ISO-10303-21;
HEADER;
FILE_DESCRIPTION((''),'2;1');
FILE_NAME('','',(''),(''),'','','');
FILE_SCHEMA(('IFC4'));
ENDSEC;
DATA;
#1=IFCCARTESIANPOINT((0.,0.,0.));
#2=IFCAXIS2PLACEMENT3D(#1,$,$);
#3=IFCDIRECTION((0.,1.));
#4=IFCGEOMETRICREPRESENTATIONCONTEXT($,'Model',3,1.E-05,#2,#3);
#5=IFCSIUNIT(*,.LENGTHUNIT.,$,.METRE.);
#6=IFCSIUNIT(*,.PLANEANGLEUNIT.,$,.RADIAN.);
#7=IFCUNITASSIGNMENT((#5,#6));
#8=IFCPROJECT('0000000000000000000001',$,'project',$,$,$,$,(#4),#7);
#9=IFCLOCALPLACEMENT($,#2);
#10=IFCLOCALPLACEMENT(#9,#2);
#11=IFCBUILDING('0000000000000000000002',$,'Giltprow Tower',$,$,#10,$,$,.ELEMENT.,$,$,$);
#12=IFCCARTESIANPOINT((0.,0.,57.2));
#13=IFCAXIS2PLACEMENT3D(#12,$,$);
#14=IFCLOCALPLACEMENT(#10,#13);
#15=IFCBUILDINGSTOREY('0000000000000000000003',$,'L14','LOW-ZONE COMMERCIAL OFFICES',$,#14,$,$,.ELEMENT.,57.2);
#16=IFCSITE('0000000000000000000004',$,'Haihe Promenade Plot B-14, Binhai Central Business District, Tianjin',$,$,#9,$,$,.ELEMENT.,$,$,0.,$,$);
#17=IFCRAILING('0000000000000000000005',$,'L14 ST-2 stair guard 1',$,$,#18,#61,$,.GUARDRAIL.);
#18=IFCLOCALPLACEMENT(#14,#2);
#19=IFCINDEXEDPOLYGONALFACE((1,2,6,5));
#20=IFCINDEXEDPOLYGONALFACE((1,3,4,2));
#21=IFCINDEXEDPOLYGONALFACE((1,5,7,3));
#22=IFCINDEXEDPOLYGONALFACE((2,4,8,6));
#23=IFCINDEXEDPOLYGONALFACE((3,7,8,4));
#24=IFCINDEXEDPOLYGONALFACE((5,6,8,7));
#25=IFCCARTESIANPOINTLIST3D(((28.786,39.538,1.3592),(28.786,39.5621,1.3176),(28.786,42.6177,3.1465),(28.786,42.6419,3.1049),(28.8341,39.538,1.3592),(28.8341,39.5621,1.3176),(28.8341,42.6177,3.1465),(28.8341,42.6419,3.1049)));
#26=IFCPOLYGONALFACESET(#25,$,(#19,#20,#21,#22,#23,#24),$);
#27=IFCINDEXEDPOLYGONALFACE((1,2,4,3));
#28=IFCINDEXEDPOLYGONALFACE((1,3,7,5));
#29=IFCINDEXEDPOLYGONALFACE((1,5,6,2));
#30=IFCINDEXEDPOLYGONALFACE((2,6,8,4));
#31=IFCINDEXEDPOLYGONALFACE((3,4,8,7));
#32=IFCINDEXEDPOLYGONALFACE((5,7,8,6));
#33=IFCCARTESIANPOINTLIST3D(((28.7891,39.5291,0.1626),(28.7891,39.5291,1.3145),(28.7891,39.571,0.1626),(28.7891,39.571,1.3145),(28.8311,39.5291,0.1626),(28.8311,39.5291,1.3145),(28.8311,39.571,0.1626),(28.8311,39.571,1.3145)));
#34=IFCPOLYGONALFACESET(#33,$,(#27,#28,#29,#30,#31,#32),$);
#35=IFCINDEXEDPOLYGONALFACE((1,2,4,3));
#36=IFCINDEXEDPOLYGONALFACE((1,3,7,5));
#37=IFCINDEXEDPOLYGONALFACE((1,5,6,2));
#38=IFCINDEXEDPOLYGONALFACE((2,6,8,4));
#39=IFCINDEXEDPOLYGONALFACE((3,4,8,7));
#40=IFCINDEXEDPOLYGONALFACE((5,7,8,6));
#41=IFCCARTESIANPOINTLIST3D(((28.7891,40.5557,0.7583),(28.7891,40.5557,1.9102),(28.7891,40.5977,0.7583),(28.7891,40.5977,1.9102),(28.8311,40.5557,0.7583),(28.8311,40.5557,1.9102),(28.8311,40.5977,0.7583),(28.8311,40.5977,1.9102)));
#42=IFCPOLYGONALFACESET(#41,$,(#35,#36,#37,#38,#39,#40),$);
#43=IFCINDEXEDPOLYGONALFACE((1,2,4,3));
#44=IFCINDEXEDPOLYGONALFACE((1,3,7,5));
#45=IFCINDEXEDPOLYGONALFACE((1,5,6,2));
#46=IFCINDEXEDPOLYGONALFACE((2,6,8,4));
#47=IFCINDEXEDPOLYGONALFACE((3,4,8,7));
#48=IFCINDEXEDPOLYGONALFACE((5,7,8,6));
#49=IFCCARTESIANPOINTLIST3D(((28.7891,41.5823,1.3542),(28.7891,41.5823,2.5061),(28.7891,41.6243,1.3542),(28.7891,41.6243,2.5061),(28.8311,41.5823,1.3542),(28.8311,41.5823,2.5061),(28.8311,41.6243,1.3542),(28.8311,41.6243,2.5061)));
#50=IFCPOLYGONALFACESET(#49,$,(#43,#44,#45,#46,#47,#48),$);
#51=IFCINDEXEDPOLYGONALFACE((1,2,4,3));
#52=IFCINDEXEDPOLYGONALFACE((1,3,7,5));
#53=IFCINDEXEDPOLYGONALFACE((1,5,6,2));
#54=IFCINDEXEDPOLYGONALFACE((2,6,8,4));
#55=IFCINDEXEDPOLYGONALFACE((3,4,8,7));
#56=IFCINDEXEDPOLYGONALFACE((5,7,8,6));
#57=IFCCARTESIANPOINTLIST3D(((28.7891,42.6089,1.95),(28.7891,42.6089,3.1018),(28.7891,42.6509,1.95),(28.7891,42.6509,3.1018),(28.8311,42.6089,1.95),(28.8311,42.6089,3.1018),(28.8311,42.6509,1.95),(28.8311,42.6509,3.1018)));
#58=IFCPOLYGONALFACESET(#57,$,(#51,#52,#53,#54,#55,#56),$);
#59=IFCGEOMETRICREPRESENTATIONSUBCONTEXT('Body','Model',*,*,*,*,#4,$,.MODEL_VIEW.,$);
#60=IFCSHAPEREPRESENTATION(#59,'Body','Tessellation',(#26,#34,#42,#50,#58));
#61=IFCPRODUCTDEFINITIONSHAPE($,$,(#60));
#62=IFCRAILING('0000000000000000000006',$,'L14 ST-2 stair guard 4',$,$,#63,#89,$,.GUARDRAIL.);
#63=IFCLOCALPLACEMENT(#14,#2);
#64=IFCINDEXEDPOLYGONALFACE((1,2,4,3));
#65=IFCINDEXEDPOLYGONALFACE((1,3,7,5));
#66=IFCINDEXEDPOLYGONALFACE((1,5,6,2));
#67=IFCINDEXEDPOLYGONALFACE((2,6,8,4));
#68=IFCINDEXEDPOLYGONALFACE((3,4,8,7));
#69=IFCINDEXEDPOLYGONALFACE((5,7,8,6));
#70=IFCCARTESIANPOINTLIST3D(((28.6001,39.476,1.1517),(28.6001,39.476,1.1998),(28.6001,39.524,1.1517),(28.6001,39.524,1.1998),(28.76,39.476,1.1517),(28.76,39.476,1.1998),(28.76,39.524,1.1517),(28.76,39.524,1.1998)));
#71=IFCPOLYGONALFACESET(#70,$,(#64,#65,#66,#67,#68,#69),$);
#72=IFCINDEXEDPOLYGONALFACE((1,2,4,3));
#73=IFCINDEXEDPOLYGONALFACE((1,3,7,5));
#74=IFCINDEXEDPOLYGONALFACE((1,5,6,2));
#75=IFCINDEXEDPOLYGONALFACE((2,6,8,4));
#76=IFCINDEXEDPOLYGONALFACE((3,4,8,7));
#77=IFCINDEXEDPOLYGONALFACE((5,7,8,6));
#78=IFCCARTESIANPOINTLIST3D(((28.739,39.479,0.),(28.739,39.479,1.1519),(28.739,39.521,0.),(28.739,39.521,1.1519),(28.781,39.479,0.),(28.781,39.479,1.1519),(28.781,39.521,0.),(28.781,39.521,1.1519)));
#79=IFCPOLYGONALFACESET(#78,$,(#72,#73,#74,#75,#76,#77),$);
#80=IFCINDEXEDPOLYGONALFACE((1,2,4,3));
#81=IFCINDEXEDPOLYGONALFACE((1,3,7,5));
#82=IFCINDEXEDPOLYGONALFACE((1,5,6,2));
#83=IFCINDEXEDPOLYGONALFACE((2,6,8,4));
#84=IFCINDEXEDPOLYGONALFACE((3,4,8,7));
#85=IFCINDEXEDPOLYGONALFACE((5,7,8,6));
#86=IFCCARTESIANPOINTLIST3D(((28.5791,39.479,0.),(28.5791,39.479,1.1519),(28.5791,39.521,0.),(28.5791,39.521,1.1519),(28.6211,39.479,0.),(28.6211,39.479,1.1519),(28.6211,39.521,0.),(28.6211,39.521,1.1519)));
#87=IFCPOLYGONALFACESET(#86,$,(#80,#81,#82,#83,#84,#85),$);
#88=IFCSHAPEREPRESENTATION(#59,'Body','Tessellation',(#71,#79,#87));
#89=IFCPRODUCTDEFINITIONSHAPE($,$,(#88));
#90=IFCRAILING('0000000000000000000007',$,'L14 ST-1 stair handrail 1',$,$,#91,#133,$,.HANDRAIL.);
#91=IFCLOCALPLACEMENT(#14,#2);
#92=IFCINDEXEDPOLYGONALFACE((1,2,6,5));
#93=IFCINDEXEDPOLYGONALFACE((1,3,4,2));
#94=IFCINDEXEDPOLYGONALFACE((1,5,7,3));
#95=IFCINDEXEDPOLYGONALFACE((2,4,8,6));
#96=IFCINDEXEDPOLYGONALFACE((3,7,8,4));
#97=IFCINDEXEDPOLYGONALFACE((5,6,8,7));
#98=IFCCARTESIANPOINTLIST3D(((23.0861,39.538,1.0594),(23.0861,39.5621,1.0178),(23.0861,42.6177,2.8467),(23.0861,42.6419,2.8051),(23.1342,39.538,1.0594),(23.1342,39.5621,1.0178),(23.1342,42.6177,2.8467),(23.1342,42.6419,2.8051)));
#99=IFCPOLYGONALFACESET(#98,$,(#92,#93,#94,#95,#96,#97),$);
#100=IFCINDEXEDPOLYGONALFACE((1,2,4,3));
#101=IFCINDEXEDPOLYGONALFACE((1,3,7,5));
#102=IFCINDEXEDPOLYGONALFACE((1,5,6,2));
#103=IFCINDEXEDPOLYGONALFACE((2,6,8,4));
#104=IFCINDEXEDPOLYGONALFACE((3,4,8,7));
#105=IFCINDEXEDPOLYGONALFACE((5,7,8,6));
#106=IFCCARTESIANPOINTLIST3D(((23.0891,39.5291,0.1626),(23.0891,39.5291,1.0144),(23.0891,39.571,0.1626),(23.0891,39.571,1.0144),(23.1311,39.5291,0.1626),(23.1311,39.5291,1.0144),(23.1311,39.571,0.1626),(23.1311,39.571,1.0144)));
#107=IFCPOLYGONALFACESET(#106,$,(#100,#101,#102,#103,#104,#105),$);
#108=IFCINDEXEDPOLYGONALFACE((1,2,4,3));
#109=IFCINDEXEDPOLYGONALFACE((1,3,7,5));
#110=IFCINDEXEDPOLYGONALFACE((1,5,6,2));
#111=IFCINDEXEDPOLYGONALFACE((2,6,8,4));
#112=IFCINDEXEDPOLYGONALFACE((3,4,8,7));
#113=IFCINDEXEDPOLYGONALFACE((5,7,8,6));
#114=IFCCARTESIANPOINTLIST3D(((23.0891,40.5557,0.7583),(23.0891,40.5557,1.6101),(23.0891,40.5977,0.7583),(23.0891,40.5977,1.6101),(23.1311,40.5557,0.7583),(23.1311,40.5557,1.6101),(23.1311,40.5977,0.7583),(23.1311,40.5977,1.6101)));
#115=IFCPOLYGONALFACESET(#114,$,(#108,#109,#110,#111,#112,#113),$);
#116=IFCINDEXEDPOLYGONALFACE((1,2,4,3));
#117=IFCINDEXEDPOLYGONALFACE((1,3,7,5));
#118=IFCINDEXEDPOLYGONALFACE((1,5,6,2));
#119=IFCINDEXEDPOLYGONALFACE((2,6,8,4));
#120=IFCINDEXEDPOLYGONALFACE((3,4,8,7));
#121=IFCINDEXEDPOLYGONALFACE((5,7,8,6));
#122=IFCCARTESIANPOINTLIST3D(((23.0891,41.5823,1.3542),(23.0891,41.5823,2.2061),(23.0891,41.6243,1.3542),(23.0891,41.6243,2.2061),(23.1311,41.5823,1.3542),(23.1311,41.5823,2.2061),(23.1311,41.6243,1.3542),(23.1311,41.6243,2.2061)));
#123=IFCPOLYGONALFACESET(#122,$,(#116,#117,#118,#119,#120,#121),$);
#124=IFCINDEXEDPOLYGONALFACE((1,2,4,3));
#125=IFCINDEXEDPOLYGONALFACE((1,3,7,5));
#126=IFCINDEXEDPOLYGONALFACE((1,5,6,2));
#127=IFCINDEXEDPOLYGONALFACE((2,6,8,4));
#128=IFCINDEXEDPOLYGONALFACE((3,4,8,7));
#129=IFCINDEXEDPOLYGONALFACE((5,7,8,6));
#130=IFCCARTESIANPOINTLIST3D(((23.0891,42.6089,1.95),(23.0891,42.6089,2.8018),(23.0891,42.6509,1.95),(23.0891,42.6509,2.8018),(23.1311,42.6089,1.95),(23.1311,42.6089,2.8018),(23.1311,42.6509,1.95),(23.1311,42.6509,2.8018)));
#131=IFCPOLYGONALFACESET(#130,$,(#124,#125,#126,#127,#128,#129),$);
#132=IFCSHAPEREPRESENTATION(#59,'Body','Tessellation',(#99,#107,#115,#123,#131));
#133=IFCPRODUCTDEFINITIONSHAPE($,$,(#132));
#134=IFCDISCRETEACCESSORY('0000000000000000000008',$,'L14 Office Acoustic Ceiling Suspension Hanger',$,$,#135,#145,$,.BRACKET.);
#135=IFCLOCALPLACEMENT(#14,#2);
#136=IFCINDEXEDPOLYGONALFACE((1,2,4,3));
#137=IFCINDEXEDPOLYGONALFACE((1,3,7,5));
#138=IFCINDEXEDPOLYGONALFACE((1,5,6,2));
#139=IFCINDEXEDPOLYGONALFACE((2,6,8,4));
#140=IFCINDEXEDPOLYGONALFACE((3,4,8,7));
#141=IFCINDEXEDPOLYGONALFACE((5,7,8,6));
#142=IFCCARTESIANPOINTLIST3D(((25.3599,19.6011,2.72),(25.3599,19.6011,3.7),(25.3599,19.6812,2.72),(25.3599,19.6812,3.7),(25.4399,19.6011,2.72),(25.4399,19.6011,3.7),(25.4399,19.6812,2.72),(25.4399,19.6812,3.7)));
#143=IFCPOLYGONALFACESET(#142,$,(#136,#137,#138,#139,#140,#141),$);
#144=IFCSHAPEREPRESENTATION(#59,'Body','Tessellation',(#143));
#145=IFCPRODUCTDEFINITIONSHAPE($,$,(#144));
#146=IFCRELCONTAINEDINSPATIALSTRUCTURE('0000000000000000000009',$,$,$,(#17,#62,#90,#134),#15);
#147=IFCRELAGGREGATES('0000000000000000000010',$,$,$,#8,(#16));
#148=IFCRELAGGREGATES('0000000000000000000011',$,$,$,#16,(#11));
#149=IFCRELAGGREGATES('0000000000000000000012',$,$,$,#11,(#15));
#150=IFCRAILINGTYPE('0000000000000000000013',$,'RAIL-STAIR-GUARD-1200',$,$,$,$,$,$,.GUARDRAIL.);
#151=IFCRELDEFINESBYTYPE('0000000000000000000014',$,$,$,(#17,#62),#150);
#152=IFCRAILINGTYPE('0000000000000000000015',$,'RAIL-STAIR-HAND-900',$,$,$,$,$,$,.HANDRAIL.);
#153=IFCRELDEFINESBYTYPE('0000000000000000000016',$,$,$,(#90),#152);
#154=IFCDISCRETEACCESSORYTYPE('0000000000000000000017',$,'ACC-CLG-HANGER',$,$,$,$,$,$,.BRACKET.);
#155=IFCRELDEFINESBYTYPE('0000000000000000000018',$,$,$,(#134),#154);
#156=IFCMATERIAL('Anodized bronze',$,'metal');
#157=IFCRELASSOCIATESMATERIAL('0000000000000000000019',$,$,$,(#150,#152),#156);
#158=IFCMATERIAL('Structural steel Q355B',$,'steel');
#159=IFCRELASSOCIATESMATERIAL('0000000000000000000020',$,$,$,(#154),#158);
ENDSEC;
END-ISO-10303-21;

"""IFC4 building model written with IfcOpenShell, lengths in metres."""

from ifc_helpers import new_model, si_unit, direction, frame, origin, origin_2d, place, context, subcontext, project, spatial, rectangle, extrude, source, transform, mapped, material, type_object, element, save


model = new_model("IFC4")

# Units and contexts
model_context = context("Model", 3, precision=1e-05, world=origin(), true_north=direction((0.0, 1.0)))
body_context = subcontext(model_context, "Body", "Model", "MODEL_VIEW")
ifc_project = project(units=[si_unit("LENGTHUNIT", "METRE"), si_unit("PLANEANGLEUNIT", "RADIAN")], contexts=[model_context])

# Site, building, storey
site_placement = place(None, origin())
site = spatial("IfcSite", under=ifc_project, at=site_placement, Name="Haihe Promenade Plot B-14, Binhai Central Business District, Tianjin", CompositionType="ELEMENT", RefElevation=0.0)
building_placement = place(site_placement, origin())
building = spatial("IfcBuilding", under=site, at=building_placement, Name="Giltprow Tower", CompositionType="ELEMENT")
storey_placement = place(building_placement, frame((0.0, 0.0, 57.2)))
storey = spatial("IfcBuildingStorey", under=building, at=storey_placement, Name="L14", Description="LOW-ZONE COMMERCIAL OFFICES", CompositionType="ELEMENT", Elevation=57.2)

# Shared definitions
ifc_material_1 = material(Name="Structural steel Q355B", Category="steel")

# Railings
ifc_material_2 = material(Name="Anodized bronze", Category="metal")
railing_type_1 = type_object("IfcRailingType", Name="RAIL-STAIR-GUARD-1200", PredefinedType="GUARDRAIL", material=ifc_material_2)
railing_1_placement = place(storey_placement, frame((28.8101, 39.55, 0.1626)))
element("IfcRailing", 1, at=railing_1_placement, inside=storey, type_object=railing_type_1, Name="L14 ST-2 stair guard 1", PredefinedType="GUARDRAIL", context=body_context, shape_type="SweptSolid", body=[
    extrude(rectangle(XDim=0.0481, YDim=0.0481, at=origin_2d()), frame((0.0, 0.0, 1.1758), z_axis=(0.0, 0.864903, 0.501939), x_axis=(-1.0, 0.0, 0.0)), (0.0, 0.0, 1.0), 3.5608),
    extrude(rectangle(XDim=0.042, YDim=0.042, at=origin_2d()), origin(), (0.0, 0.0, 1.0), 1.1519),
    extrude(rectangle(XDim=0.042, YDim=0.042, at=origin_2d()), frame((0.0, 1.0266, 0.5957)), (0.0, 0.0, 1.0), 1.1519),
    extrude(rectangle(XDim=0.042, YDim=0.042, at=origin_2d()), frame((0.0, 2.0532, 1.1917)), (0.0, 0.0, 1.0), 1.1519),
    extrude(rectangle(XDim=0.042, YDim=0.042, at=origin_2d()), frame((0.0, 3.0798, 1.7874)), (0.0, 0.0, 1.0), 1.1519),
])
railing_2_placement = place(storey_placement, frame((28.76, 39.5, 0.0)))
element("IfcRailing", 2, at=railing_2_placement, inside=storey, type_object=railing_type_1, Name="L14 ST-2 stair guard 4", PredefinedType="GUARDRAIL", context=body_context, shape_type="SweptSolid", body=[
    extrude(rectangle(XDim=0.0481, YDim=0.0481, at=origin_2d()), frame((0.0, 0.0, 1.1758), z_axis=(-1.0, 0.0, 0.0), x_axis=(0.0, -1.0, 0.0)), (0.0, 0.0, 1.0), 0.1599),
    extrude(rectangle(XDim=0.042, YDim=0.042, at=origin_2d()), origin(), (0.0, 0.0, 1.0), 1.1519),
    extrude(rectangle(XDim=0.042, YDim=0.042, at=origin_2d()), frame((-0.1599, 0.0, 0.0)), (0.0, 0.0, 1.0), 1.1519),
])
railing_type_2 = type_object("IfcRailingType", Name="RAIL-STAIR-HAND-900", PredefinedType="HANDRAIL", material=ifc_material_2)
railing_3_placement = place(storey_placement, frame((23.1101, 39.55, 0.1626)))
element("IfcRailing", 3, at=railing_3_placement, inside=storey, type_object=railing_type_2, Name="L14 ST-1 stair handrail 1", PredefinedType="HANDRAIL", context=body_context, shape_type="SweptSolid", body=[
    extrude(rectangle(XDim=0.0481, YDim=0.0481, at=origin_2d()), frame((0.0, 0.0, 0.876), z_axis=(0.0, 0.864903, 0.501939), x_axis=(-1.0, 0.0, 0.0)), (0.0, 0.0, 1.0), 3.5608),
    extrude(rectangle(XDim=0.042, YDim=0.042, at=origin_2d()), origin(), (0.0, 0.0, 1.0), 0.8518),
    extrude(rectangle(XDim=0.042, YDim=0.042, at=origin_2d()), frame((0.0, 1.0266, 0.5957)), (0.0, 0.0, 1.0), 0.8518),
    extrude(rectangle(XDim=0.042, YDim=0.042, at=origin_2d()), frame((0.0, 2.0532, 1.1917)), (0.0, 0.0, 1.0), 0.8518),
    extrude(rectangle(XDim=0.042, YDim=0.042, at=origin_2d()), frame((0.0, 3.0798, 1.7874)), (0.0, 0.0, 1.0), 0.8518),
])

# Discrete accessory
discrete_accessory_type = type_object("IfcDiscreteAccessoryType", Name="ACC-CLG-HANGER", PredefinedType="BRACKET", material=ifc_material_1)
shared_shape_1 = source(origin(), body_context, "Body", "SweptSolid", [
    extrude(rectangle(XDim=0.0801, YDim=0.0801, at=origin_2d()), origin(), (0.0, 0.0, 1.0), 0.98),
])
discrete_accessory_placement = place(storey_placement, frame((25.3999, 19.6411, 2.72), z_axis=(0.0, 0.0, 1.0), x_axis=(1.0, 0.0, 0.0)))
element("IfcDiscreteAccessory", 4, at=discrete_accessory_placement, inside=storey, type_object=discrete_accessory_type, Name="L14 Office Acoustic Ceiling Suspension Hanger", PredefinedType="BRACKET", context=body_context, shape_type="MappedRepresentation", body=[
    mapped(shared_shape_1, transform((0.0, 0.0, 0.0), x_axis=(1.0, 0.0, 0.0), y_axis=(0.0, 1.0, 0.0), z_axis=(0.0, 0.0, 1.0), scale=1.0)),
])

save(model, "model.ifc")
